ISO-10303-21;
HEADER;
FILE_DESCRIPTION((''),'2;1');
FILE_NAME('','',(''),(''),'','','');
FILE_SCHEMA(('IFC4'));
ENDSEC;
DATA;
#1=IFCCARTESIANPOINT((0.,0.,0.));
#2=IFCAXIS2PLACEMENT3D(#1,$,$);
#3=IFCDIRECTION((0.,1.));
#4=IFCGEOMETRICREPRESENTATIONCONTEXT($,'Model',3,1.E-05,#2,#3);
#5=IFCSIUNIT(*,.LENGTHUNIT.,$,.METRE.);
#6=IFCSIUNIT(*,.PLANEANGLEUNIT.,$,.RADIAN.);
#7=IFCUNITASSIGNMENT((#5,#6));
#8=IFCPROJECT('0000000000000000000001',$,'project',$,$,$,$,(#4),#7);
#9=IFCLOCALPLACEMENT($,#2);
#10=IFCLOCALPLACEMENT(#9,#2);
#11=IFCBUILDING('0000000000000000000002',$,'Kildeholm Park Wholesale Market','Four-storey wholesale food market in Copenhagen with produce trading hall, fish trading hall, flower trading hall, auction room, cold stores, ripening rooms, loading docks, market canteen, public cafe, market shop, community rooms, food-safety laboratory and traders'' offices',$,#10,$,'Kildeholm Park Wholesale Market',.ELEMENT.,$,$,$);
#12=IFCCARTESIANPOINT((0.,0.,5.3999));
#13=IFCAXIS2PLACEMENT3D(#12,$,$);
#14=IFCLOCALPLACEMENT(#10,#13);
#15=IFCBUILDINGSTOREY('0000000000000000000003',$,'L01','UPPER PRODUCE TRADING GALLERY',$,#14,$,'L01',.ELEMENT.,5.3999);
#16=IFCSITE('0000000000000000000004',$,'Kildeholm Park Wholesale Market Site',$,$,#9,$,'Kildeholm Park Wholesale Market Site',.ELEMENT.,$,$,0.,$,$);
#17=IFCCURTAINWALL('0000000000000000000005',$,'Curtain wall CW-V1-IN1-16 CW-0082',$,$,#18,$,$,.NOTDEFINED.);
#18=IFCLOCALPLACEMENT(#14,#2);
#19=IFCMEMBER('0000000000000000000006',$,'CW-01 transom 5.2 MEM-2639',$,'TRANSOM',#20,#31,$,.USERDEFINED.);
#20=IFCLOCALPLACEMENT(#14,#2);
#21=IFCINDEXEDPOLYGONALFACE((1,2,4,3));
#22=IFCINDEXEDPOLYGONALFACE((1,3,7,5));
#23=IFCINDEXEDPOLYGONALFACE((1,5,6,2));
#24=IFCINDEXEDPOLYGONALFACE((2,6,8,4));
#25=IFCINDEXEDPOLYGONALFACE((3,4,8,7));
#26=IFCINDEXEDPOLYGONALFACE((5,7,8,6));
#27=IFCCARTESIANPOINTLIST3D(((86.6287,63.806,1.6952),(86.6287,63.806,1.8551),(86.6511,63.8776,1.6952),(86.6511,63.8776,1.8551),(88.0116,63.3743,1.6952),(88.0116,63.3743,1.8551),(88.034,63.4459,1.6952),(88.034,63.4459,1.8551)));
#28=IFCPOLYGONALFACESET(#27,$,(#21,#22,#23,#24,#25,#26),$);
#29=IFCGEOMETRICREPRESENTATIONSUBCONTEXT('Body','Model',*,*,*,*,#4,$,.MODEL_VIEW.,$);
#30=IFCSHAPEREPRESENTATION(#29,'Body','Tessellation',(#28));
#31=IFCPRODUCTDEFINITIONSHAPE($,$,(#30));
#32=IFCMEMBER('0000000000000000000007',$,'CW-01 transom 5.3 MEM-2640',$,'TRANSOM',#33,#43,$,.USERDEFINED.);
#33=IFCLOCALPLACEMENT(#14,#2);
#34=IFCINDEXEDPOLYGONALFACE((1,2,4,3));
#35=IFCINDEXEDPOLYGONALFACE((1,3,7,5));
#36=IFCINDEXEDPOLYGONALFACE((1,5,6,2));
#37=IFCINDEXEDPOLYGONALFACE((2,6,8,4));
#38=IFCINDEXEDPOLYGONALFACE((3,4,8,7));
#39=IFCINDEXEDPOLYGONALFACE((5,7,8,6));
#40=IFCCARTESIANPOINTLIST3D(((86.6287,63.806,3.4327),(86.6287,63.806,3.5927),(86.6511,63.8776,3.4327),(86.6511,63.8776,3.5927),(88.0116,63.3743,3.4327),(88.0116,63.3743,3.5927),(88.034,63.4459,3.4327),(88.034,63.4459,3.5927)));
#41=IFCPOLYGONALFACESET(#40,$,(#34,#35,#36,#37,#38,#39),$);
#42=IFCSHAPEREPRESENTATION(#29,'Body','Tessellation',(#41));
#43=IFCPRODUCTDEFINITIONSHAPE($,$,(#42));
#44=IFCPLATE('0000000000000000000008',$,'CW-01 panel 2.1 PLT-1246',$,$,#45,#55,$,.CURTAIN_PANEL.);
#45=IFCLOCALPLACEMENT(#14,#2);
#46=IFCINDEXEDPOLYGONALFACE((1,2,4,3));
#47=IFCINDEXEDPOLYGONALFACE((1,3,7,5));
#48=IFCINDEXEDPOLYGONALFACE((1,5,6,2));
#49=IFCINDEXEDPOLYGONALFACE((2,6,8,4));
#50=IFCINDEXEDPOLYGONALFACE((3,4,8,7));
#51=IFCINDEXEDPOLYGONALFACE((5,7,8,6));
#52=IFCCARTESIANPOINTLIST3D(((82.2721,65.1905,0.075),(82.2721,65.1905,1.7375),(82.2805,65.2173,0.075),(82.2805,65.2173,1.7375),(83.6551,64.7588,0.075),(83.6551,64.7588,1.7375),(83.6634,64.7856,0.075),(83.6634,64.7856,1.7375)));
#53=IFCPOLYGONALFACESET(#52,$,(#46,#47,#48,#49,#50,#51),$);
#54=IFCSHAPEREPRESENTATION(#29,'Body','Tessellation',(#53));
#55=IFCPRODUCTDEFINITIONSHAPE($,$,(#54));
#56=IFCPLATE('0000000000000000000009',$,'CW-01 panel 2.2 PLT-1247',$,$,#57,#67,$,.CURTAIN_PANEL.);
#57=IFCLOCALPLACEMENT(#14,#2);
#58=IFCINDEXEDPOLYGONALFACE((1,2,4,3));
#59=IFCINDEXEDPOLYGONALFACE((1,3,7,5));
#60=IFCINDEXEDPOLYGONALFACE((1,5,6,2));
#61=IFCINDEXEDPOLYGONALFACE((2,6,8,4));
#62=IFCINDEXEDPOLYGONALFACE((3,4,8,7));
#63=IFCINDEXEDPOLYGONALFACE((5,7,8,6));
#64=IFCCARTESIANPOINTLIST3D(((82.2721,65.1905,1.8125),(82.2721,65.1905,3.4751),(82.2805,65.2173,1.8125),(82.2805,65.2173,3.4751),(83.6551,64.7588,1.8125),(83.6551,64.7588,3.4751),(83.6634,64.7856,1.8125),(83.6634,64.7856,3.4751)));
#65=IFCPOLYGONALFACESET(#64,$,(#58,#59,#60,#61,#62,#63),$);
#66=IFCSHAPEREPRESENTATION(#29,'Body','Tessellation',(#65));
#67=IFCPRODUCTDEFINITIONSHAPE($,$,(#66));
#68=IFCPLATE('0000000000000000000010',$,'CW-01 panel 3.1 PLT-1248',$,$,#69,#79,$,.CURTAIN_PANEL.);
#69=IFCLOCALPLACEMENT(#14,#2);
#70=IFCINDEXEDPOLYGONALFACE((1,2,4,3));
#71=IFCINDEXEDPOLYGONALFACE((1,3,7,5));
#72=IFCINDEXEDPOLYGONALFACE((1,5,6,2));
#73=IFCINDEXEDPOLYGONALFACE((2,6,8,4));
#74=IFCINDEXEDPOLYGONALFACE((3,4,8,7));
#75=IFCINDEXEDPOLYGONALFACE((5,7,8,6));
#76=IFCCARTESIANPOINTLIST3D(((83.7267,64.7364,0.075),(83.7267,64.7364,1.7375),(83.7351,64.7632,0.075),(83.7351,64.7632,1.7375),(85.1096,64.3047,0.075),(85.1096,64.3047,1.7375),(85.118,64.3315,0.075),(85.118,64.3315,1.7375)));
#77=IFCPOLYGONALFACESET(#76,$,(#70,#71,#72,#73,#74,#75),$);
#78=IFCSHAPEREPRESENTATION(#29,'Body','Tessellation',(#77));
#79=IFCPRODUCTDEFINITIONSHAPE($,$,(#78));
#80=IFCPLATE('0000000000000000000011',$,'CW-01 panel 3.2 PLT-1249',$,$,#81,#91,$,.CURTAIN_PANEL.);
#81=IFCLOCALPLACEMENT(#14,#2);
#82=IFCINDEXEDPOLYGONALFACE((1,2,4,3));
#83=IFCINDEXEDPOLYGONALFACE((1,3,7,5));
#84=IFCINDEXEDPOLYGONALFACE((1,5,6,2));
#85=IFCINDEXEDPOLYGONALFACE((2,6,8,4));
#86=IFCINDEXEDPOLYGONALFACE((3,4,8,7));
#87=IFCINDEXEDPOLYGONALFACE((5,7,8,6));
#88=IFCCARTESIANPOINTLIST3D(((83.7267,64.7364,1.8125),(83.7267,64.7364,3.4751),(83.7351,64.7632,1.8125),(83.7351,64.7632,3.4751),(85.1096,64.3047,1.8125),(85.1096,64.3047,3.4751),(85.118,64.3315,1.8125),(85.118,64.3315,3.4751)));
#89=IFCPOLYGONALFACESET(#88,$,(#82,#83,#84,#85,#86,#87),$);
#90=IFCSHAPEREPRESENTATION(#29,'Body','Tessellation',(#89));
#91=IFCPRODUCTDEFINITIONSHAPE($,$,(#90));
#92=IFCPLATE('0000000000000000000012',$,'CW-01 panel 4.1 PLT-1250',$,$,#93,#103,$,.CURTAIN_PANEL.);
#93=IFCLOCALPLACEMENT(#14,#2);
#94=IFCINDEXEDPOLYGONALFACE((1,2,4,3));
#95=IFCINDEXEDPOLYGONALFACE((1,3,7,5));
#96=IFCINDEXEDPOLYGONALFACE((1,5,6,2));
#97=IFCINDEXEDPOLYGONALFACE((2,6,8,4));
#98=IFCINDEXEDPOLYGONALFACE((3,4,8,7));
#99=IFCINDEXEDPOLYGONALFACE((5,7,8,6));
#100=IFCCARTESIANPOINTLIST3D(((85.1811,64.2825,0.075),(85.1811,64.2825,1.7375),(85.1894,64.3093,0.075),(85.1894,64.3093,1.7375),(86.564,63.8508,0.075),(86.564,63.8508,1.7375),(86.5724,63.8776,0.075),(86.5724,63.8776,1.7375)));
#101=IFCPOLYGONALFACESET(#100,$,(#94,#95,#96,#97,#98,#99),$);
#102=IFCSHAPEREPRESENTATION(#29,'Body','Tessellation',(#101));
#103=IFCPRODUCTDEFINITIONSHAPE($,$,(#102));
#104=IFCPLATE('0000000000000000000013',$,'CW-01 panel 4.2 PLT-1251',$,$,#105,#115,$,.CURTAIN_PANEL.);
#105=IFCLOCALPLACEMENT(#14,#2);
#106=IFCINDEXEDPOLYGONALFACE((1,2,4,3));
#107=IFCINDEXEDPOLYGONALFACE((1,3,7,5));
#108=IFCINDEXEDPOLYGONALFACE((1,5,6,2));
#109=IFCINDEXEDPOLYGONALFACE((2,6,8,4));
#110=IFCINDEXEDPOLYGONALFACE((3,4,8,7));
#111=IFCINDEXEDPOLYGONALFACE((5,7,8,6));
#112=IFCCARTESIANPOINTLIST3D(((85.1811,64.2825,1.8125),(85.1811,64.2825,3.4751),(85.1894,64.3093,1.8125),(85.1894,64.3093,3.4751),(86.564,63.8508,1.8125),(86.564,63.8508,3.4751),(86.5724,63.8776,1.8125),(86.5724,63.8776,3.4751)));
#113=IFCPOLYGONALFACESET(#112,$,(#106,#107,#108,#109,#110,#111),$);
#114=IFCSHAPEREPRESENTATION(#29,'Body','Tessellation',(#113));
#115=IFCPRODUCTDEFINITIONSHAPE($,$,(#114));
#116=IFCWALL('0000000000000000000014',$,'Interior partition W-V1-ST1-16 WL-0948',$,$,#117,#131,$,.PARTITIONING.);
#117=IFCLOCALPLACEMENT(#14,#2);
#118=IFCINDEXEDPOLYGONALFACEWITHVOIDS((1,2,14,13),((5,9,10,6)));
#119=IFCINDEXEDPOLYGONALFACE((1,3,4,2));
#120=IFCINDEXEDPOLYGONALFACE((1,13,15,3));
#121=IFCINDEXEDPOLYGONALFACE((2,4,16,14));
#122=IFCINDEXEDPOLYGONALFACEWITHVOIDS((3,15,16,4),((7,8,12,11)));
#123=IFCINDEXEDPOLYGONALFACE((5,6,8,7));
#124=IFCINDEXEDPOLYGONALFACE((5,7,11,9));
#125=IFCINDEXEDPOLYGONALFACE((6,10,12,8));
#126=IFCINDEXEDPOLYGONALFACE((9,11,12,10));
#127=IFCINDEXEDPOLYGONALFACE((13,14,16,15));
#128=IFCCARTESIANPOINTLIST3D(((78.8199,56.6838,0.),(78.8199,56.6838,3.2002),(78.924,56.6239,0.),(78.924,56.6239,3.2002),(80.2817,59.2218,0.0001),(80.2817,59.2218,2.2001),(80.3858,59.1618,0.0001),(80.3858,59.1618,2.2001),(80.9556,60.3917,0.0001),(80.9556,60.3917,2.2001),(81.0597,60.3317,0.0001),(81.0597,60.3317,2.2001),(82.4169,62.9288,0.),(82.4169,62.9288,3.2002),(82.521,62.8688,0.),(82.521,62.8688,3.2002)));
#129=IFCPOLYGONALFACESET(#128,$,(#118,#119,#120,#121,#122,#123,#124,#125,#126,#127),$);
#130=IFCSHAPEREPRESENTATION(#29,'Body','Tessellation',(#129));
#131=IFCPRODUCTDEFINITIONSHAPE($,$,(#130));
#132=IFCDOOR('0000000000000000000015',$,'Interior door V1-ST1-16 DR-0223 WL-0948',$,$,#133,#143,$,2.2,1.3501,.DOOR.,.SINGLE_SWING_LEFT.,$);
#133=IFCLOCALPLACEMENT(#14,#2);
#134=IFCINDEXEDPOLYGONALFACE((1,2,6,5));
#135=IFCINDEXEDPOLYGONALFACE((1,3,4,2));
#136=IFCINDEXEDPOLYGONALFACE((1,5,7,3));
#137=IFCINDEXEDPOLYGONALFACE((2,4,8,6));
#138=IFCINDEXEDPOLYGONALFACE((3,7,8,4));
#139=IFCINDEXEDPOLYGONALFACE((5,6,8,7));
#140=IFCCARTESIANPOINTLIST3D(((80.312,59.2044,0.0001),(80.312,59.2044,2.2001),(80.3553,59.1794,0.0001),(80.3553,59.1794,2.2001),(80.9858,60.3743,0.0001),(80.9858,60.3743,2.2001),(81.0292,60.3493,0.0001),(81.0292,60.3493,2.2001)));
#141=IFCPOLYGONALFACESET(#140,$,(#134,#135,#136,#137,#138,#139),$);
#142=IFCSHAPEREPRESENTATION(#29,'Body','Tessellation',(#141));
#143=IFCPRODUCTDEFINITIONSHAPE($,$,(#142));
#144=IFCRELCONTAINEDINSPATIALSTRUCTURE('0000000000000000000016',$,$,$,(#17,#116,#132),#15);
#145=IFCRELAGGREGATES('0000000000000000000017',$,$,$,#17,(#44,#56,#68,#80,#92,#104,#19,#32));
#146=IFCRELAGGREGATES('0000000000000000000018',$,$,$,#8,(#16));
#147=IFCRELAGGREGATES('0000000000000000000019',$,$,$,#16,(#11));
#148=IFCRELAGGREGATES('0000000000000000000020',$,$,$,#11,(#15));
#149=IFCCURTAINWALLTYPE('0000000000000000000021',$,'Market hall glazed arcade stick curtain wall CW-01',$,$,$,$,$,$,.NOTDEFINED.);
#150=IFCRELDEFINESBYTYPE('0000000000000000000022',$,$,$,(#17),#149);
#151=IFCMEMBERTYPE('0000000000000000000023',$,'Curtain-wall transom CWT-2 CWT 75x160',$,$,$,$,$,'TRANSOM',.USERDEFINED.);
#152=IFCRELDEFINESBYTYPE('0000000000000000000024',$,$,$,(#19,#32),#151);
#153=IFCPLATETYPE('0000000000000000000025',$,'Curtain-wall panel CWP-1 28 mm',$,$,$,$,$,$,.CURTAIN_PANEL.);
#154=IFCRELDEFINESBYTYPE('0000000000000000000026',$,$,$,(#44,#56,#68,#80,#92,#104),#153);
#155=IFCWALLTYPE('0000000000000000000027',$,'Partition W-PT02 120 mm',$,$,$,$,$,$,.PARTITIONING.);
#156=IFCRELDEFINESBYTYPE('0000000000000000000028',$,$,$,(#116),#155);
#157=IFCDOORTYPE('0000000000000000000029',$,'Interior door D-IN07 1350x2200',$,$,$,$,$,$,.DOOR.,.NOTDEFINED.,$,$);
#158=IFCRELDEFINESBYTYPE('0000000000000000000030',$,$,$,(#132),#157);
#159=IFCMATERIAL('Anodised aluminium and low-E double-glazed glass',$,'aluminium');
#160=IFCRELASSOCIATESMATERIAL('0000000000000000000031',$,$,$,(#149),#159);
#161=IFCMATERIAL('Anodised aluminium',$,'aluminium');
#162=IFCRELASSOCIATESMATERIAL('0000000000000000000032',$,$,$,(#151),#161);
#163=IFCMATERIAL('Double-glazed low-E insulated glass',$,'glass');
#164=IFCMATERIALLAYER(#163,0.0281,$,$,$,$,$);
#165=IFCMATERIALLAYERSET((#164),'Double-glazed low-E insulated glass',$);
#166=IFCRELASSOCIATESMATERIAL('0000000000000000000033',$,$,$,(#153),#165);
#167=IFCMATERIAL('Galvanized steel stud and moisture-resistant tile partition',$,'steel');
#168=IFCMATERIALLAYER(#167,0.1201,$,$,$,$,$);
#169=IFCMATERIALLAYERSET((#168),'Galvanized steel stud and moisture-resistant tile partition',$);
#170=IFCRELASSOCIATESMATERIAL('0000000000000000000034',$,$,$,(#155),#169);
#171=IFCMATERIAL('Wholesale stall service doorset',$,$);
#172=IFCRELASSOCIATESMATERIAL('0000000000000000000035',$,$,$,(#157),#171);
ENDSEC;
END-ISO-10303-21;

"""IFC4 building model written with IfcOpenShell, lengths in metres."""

from ifc_helpers import new_model, si_unit, direction, frame, frame_2d, origin, origin_2d, place, context, subcontext, project, spatial, rectangle, extrude, material, layer, layer_set, material_profile, profile_set, type_object, element, fill, aggregate, save


model = new_model("IFC4")

# Units and contexts
model_context = context("Model", 3, precision=1e-05, world=origin(), true_north=direction((0.0, 1.0)))
body_context = subcontext(model_context, "Body", "Model", "MODEL_VIEW")
ifc_project = project(units=[si_unit("LENGTHUNIT", "METRE"), si_unit("PLANEANGLEUNIT", "RADIAN")], contexts=[model_context])

# Site, building, storey
site_placement = place(None, origin())
site = spatial("IfcSite", under=ifc_project, at=site_placement, Name="Kildeholm Park Wholesale Market Site", LongName="Kildeholm Park Wholesale Market Site", CompositionType="ELEMENT", RefElevation=0.0)
building_placement = place(site_placement, origin())
building = spatial("IfcBuilding", under=site, at=building_placement, Name="Kildeholm Park Wholesale Market", Description="Four-storey wholesale food market in Copenhagen with produce trading hall, fish trading hall, flower trading hall, auction room, cold stores, ripening rooms, loading docks, market canteen, public cafe, market shop, community rooms, food-safety laboratory and traders' offices", LongName="Kildeholm Park Wholesale Market", CompositionType="ELEMENT")
storey_placement = place(building_placement, frame((0.0, 0.0, 5.3999)))
storey = spatial("IfcBuildingStorey", under=building, at=storey_placement, Name="L01", Description="UPPER PRODUCE TRADING GALLERY", LongName="L01", CompositionType="ELEMENT", Elevation=5.3999)

# Curtain wall, members, plates
ifc_material_1 = material(Name="Anodised aluminium and low-E double-glazed glass", Category="aluminium")
curtain_wall_type = type_object("IfcCurtainWallType", Name="Market hall glazed arcade stick curtain wall CW-01", PredefinedType="NOTDEFINED", material=ifc_material_1)
curtain_wall_placement = place(storey_placement, origin())
curtain_wall = element("IfcCurtainWall", 1, at=curtain_wall_placement, inside=storey, type_object=curtain_wall_type, Name="Curtain wall CW-V1-IN1-16 CW-0082", PredefinedType="NOTDEFINED")
ifc_material_2 = material(Name="Anodised aluminium", Category="aluminium")
ifc_material_profile_1 = material_profile(ifc_material_2, rectangle(XDim=0.075, YDim=0.1599, at=origin_2d()), Name="CWT 75x160")
ifc_profile_set_1 = profile_set([ifc_material_profile_1], Name="Anodised aluminium")
member_type_1 = type_object("IfcMemberType", Name="Curtain-wall transom CWT-2 CWT 75x160", ElementType="TRANSOM", PredefinedType="USERDEFINED", material=ifc_profile_set_1)
member_1_placement = place(storey_placement, frame((86.6399, 63.8418, 1.7751), z_axis=(0.954576, -0.297968, 0.0), x_axis=(0.297968, 0.954576, 0.0)))
member_1 = element("IfcMember", 2, at=member_1_placement, type_object=member_type_1, Name="CW-01 transom 5.2 MEM-2639", ObjectType="TRANSOM", PredefinedType="USERDEFINED", context=body_context, shape_type="SweptSolid", body=[
    extrude(rectangle(XDim=0.075, YDim=0.1599, at=origin_2d()), origin(), (0.0, 0.0, 1.0), 1.4487),
])
member_2_placement = place(storey_placement, frame((86.6399, 63.8418, 3.5127), z_axis=(0.954576, -0.297968, 0.0), x_axis=(0.297968, 0.954576, 0.0)))
member_2 = element("IfcMember", 3, at=member_2_placement, type_object=member_type_1, Name="CW-01 transom 5.3 MEM-2640", ObjectType="TRANSOM", PredefinedType="USERDEFINED", context=body_context, shape_type="SweptSolid", body=[
    extrude(rectangle(XDim=0.075, YDim=0.1599, at=origin_2d()), origin(), (0.0, 0.0, 1.0), 1.4487),
])
ifc_material_3 = material(Name="Double-glazed low-E insulated glass", Category="glass")
ifc_layer_1 = layer(ifc_material_3, 0.0281)
ifc_layer_set_1 = layer_set([ifc_layer_1], Name="Double-glazed low-E insulated glass")
plate_type = type_object("IfcPlateType", Name="Curtain-wall panel CWP-1 28 mm", PredefinedType="CURTAIN_PANEL", material=ifc_layer_set_1)
plate_1_placement = place(storey_placement, frame((82.9678, 64.988, 0.075), z_axis=(0.0, 0.0, 1.0), x_axis=(0.954579, -0.297957, 0.0)))
plate_1 = element("IfcPlate", 4, at=plate_1_placement, type_object=plate_type, Name="CW-01 panel 2.1 PLT-1246", PredefinedType="CURTAIN_PANEL", context=body_context, shape_type="SweptSolid", body=[
    extrude(rectangle(XDim=1.4487, YDim=0.0281, at=origin_2d()), origin(), (0.0, 0.0, 1.0), 1.6626),
])
plate_2_placement = place(storey_placement, frame((82.9678, 64.988, 1.8125), z_axis=(0.0, 0.0, 1.0), x_axis=(0.954579, -0.297957, 0.0)))
plate_2 = element("IfcPlate", 5, at=plate_2_placement, type_object=plate_type, Name="CW-01 panel 2.2 PLT-1247", PredefinedType="CURTAIN_PANEL", context=body_context, shape_type="SweptSolid", body=[
    extrude(rectangle(XDim=1.4487, YDim=0.0281, at=origin_2d()), origin(), (0.0, 0.0, 1.0), 1.6626),
])
plate_3_placement = place(storey_placement, frame((84.4224, 64.5339, 0.075), z_axis=(0.0, 0.0, 1.0), x_axis=(0.954579, -0.297957, 0.0)))
plate_3 = element("IfcPlate", 6, at=plate_3_placement, type_object=plate_type, Name="CW-01 panel 3.1 PLT-1248", PredefinedType="CURTAIN_PANEL", context=body_context, shape_type="SweptSolid", body=[
    extrude(rectangle(XDim=1.4487, YDim=0.0281, at=origin_2d()), origin(), (0.0, 0.0, 1.0), 1.6626),
])
plate_4_placement = place(storey_placement, frame((84.4224, 64.5339, 1.8125), z_axis=(0.0, 0.0, 1.0), x_axis=(0.954579, -0.297957, 0.0)))
plate_4 = element("IfcPlate", 7, at=plate_4_placement, type_object=plate_type, Name="CW-01 panel 3.2 PLT-1249", PredefinedType="CURTAIN_PANEL", context=body_context, shape_type="SweptSolid", body=[
    extrude(rectangle(XDim=1.4487, YDim=0.0281, at=origin_2d()), origin(), (0.0, 0.0, 1.0), 1.6626),
])
plate_5_placement = place(storey_placement, frame((85.8767, 64.0801, 0.075), z_axis=(0.0, 0.0, 1.0), x_axis=(0.954579, -0.297957, 0.0)))
plate_5 = element("IfcPlate", 8, at=plate_5_placement, type_object=plate_type, Name="CW-01 panel 4.1 PLT-1250", PredefinedType="CURTAIN_PANEL", context=body_context, shape_type="SweptSolid", body=[
    extrude(rectangle(XDim=1.4487, YDim=0.0281, at=origin_2d()), origin(), (0.0, 0.0, 1.0), 1.6626),
])
plate_6_placement = place(storey_placement, frame((85.8767, 64.0801, 1.8125), z_axis=(0.0, 0.0, 1.0), x_axis=(0.954579, -0.297957, 0.0)))
plate_6 = element("IfcPlate", 9, at=plate_6_placement, type_object=plate_type, Name="CW-01 panel 4.2 PLT-1251", PredefinedType="CURTAIN_PANEL", context=body_context, shape_type="SweptSolid", body=[
    extrude(rectangle(XDim=1.4487, YDim=0.0281, at=origin_2d()), origin(), (0.0, 0.0, 1.0), 1.6626),
])
aggregate(curtain_wall, [plate_1, plate_2, plate_3, plate_4, plate_5, plate_6, member_1, member_2])

# Wall, opening, door
ifc_material_4 = material(Name="Galvanized steel stud and moisture-resistant tile partition", Category="steel")
ifc_layer_2 = layer(ifc_material_4, 0.1201)
ifc_layer_set_2 = layer_set([ifc_layer_2], Name="Galvanized steel stud and moisture-resistant tile partition")
wall_type = type_object("IfcWallType", Name="Partition W-PT02 120 mm", PredefinedType="PARTITIONING", material=ifc_layer_set_2)
wall_placement = place(storey_placement, frame((82.469, 62.8989, 0.0), z_axis=(0.0, 0.0, 1.0), x_axis=(-0.499109, -0.866539, 0.0)))
wall = element("IfcWall", 10, at=wall_placement, inside=storey, type_object=wall_type, Name="Interior partition W-V1-ST1-16 WL-0948", PredefinedType="PARTITIONING", context=body_context, shape_type="SweptSolid", body=[
    extrude(rectangle(XDim=7.2068, YDim=0.1201, at=frame_2d((3.6035, 0.0))), origin(), (0.0, 0.0, 1.0), 3.2002),
])
opening_placement = place(wall_placement, frame((2.928, 0.0, 0.0)))
opening = element("IfcOpeningElement", 11, at=opening_placement, cuts=wall, PredefinedType="OPENING", context=body_context, shape_type="SweptSolid", body=[
    extrude(rectangle(XDim=1.3501, YDim=2.2, at=frame_2d((0.675, 1.1001))), frame((0.0, 0.0701, 0.0), z_axis=(0.0, -1.0, 0.0), x_axis=(1.0, 0.0, 0.0)), (0.0, 0.0, 1.0), 0.1401),
])
ifc_material_5 = material(Name="Wholesale stall service doorset")
door_type = type_object("IfcDoorType", Name="Interior door D-IN07 1350x2200", OperationType="NOTDEFINED", PredefinedType="DOOR", material=ifc_material_5)
door_placement = place(opening_placement, origin())
door = element("IfcDoor", 12, at=door_placement, inside=storey, type_object=door_type, Name="Interior door V1-ST1-16 DR-0223 WL-0948", OperationType="SINGLE_SWING_LEFT", OverallHeight=2.2, OverallWidth=1.3501, PredefinedType="DOOR", context=body_context, shape_type="SweptSolid", body=[
    extrude(rectangle(XDim=1.3501, YDim=2.2, at=frame_2d((0.675, 1.1001))), frame((0.0, 0.0249, 0.0), z_axis=(0.0, -1.0, 0.0), x_axis=(1.0, 0.0, 0.0)), (0.0, 0.0, 1.0), 0.05),
])
fill(opening, door)

save(model, "model.ifc")
